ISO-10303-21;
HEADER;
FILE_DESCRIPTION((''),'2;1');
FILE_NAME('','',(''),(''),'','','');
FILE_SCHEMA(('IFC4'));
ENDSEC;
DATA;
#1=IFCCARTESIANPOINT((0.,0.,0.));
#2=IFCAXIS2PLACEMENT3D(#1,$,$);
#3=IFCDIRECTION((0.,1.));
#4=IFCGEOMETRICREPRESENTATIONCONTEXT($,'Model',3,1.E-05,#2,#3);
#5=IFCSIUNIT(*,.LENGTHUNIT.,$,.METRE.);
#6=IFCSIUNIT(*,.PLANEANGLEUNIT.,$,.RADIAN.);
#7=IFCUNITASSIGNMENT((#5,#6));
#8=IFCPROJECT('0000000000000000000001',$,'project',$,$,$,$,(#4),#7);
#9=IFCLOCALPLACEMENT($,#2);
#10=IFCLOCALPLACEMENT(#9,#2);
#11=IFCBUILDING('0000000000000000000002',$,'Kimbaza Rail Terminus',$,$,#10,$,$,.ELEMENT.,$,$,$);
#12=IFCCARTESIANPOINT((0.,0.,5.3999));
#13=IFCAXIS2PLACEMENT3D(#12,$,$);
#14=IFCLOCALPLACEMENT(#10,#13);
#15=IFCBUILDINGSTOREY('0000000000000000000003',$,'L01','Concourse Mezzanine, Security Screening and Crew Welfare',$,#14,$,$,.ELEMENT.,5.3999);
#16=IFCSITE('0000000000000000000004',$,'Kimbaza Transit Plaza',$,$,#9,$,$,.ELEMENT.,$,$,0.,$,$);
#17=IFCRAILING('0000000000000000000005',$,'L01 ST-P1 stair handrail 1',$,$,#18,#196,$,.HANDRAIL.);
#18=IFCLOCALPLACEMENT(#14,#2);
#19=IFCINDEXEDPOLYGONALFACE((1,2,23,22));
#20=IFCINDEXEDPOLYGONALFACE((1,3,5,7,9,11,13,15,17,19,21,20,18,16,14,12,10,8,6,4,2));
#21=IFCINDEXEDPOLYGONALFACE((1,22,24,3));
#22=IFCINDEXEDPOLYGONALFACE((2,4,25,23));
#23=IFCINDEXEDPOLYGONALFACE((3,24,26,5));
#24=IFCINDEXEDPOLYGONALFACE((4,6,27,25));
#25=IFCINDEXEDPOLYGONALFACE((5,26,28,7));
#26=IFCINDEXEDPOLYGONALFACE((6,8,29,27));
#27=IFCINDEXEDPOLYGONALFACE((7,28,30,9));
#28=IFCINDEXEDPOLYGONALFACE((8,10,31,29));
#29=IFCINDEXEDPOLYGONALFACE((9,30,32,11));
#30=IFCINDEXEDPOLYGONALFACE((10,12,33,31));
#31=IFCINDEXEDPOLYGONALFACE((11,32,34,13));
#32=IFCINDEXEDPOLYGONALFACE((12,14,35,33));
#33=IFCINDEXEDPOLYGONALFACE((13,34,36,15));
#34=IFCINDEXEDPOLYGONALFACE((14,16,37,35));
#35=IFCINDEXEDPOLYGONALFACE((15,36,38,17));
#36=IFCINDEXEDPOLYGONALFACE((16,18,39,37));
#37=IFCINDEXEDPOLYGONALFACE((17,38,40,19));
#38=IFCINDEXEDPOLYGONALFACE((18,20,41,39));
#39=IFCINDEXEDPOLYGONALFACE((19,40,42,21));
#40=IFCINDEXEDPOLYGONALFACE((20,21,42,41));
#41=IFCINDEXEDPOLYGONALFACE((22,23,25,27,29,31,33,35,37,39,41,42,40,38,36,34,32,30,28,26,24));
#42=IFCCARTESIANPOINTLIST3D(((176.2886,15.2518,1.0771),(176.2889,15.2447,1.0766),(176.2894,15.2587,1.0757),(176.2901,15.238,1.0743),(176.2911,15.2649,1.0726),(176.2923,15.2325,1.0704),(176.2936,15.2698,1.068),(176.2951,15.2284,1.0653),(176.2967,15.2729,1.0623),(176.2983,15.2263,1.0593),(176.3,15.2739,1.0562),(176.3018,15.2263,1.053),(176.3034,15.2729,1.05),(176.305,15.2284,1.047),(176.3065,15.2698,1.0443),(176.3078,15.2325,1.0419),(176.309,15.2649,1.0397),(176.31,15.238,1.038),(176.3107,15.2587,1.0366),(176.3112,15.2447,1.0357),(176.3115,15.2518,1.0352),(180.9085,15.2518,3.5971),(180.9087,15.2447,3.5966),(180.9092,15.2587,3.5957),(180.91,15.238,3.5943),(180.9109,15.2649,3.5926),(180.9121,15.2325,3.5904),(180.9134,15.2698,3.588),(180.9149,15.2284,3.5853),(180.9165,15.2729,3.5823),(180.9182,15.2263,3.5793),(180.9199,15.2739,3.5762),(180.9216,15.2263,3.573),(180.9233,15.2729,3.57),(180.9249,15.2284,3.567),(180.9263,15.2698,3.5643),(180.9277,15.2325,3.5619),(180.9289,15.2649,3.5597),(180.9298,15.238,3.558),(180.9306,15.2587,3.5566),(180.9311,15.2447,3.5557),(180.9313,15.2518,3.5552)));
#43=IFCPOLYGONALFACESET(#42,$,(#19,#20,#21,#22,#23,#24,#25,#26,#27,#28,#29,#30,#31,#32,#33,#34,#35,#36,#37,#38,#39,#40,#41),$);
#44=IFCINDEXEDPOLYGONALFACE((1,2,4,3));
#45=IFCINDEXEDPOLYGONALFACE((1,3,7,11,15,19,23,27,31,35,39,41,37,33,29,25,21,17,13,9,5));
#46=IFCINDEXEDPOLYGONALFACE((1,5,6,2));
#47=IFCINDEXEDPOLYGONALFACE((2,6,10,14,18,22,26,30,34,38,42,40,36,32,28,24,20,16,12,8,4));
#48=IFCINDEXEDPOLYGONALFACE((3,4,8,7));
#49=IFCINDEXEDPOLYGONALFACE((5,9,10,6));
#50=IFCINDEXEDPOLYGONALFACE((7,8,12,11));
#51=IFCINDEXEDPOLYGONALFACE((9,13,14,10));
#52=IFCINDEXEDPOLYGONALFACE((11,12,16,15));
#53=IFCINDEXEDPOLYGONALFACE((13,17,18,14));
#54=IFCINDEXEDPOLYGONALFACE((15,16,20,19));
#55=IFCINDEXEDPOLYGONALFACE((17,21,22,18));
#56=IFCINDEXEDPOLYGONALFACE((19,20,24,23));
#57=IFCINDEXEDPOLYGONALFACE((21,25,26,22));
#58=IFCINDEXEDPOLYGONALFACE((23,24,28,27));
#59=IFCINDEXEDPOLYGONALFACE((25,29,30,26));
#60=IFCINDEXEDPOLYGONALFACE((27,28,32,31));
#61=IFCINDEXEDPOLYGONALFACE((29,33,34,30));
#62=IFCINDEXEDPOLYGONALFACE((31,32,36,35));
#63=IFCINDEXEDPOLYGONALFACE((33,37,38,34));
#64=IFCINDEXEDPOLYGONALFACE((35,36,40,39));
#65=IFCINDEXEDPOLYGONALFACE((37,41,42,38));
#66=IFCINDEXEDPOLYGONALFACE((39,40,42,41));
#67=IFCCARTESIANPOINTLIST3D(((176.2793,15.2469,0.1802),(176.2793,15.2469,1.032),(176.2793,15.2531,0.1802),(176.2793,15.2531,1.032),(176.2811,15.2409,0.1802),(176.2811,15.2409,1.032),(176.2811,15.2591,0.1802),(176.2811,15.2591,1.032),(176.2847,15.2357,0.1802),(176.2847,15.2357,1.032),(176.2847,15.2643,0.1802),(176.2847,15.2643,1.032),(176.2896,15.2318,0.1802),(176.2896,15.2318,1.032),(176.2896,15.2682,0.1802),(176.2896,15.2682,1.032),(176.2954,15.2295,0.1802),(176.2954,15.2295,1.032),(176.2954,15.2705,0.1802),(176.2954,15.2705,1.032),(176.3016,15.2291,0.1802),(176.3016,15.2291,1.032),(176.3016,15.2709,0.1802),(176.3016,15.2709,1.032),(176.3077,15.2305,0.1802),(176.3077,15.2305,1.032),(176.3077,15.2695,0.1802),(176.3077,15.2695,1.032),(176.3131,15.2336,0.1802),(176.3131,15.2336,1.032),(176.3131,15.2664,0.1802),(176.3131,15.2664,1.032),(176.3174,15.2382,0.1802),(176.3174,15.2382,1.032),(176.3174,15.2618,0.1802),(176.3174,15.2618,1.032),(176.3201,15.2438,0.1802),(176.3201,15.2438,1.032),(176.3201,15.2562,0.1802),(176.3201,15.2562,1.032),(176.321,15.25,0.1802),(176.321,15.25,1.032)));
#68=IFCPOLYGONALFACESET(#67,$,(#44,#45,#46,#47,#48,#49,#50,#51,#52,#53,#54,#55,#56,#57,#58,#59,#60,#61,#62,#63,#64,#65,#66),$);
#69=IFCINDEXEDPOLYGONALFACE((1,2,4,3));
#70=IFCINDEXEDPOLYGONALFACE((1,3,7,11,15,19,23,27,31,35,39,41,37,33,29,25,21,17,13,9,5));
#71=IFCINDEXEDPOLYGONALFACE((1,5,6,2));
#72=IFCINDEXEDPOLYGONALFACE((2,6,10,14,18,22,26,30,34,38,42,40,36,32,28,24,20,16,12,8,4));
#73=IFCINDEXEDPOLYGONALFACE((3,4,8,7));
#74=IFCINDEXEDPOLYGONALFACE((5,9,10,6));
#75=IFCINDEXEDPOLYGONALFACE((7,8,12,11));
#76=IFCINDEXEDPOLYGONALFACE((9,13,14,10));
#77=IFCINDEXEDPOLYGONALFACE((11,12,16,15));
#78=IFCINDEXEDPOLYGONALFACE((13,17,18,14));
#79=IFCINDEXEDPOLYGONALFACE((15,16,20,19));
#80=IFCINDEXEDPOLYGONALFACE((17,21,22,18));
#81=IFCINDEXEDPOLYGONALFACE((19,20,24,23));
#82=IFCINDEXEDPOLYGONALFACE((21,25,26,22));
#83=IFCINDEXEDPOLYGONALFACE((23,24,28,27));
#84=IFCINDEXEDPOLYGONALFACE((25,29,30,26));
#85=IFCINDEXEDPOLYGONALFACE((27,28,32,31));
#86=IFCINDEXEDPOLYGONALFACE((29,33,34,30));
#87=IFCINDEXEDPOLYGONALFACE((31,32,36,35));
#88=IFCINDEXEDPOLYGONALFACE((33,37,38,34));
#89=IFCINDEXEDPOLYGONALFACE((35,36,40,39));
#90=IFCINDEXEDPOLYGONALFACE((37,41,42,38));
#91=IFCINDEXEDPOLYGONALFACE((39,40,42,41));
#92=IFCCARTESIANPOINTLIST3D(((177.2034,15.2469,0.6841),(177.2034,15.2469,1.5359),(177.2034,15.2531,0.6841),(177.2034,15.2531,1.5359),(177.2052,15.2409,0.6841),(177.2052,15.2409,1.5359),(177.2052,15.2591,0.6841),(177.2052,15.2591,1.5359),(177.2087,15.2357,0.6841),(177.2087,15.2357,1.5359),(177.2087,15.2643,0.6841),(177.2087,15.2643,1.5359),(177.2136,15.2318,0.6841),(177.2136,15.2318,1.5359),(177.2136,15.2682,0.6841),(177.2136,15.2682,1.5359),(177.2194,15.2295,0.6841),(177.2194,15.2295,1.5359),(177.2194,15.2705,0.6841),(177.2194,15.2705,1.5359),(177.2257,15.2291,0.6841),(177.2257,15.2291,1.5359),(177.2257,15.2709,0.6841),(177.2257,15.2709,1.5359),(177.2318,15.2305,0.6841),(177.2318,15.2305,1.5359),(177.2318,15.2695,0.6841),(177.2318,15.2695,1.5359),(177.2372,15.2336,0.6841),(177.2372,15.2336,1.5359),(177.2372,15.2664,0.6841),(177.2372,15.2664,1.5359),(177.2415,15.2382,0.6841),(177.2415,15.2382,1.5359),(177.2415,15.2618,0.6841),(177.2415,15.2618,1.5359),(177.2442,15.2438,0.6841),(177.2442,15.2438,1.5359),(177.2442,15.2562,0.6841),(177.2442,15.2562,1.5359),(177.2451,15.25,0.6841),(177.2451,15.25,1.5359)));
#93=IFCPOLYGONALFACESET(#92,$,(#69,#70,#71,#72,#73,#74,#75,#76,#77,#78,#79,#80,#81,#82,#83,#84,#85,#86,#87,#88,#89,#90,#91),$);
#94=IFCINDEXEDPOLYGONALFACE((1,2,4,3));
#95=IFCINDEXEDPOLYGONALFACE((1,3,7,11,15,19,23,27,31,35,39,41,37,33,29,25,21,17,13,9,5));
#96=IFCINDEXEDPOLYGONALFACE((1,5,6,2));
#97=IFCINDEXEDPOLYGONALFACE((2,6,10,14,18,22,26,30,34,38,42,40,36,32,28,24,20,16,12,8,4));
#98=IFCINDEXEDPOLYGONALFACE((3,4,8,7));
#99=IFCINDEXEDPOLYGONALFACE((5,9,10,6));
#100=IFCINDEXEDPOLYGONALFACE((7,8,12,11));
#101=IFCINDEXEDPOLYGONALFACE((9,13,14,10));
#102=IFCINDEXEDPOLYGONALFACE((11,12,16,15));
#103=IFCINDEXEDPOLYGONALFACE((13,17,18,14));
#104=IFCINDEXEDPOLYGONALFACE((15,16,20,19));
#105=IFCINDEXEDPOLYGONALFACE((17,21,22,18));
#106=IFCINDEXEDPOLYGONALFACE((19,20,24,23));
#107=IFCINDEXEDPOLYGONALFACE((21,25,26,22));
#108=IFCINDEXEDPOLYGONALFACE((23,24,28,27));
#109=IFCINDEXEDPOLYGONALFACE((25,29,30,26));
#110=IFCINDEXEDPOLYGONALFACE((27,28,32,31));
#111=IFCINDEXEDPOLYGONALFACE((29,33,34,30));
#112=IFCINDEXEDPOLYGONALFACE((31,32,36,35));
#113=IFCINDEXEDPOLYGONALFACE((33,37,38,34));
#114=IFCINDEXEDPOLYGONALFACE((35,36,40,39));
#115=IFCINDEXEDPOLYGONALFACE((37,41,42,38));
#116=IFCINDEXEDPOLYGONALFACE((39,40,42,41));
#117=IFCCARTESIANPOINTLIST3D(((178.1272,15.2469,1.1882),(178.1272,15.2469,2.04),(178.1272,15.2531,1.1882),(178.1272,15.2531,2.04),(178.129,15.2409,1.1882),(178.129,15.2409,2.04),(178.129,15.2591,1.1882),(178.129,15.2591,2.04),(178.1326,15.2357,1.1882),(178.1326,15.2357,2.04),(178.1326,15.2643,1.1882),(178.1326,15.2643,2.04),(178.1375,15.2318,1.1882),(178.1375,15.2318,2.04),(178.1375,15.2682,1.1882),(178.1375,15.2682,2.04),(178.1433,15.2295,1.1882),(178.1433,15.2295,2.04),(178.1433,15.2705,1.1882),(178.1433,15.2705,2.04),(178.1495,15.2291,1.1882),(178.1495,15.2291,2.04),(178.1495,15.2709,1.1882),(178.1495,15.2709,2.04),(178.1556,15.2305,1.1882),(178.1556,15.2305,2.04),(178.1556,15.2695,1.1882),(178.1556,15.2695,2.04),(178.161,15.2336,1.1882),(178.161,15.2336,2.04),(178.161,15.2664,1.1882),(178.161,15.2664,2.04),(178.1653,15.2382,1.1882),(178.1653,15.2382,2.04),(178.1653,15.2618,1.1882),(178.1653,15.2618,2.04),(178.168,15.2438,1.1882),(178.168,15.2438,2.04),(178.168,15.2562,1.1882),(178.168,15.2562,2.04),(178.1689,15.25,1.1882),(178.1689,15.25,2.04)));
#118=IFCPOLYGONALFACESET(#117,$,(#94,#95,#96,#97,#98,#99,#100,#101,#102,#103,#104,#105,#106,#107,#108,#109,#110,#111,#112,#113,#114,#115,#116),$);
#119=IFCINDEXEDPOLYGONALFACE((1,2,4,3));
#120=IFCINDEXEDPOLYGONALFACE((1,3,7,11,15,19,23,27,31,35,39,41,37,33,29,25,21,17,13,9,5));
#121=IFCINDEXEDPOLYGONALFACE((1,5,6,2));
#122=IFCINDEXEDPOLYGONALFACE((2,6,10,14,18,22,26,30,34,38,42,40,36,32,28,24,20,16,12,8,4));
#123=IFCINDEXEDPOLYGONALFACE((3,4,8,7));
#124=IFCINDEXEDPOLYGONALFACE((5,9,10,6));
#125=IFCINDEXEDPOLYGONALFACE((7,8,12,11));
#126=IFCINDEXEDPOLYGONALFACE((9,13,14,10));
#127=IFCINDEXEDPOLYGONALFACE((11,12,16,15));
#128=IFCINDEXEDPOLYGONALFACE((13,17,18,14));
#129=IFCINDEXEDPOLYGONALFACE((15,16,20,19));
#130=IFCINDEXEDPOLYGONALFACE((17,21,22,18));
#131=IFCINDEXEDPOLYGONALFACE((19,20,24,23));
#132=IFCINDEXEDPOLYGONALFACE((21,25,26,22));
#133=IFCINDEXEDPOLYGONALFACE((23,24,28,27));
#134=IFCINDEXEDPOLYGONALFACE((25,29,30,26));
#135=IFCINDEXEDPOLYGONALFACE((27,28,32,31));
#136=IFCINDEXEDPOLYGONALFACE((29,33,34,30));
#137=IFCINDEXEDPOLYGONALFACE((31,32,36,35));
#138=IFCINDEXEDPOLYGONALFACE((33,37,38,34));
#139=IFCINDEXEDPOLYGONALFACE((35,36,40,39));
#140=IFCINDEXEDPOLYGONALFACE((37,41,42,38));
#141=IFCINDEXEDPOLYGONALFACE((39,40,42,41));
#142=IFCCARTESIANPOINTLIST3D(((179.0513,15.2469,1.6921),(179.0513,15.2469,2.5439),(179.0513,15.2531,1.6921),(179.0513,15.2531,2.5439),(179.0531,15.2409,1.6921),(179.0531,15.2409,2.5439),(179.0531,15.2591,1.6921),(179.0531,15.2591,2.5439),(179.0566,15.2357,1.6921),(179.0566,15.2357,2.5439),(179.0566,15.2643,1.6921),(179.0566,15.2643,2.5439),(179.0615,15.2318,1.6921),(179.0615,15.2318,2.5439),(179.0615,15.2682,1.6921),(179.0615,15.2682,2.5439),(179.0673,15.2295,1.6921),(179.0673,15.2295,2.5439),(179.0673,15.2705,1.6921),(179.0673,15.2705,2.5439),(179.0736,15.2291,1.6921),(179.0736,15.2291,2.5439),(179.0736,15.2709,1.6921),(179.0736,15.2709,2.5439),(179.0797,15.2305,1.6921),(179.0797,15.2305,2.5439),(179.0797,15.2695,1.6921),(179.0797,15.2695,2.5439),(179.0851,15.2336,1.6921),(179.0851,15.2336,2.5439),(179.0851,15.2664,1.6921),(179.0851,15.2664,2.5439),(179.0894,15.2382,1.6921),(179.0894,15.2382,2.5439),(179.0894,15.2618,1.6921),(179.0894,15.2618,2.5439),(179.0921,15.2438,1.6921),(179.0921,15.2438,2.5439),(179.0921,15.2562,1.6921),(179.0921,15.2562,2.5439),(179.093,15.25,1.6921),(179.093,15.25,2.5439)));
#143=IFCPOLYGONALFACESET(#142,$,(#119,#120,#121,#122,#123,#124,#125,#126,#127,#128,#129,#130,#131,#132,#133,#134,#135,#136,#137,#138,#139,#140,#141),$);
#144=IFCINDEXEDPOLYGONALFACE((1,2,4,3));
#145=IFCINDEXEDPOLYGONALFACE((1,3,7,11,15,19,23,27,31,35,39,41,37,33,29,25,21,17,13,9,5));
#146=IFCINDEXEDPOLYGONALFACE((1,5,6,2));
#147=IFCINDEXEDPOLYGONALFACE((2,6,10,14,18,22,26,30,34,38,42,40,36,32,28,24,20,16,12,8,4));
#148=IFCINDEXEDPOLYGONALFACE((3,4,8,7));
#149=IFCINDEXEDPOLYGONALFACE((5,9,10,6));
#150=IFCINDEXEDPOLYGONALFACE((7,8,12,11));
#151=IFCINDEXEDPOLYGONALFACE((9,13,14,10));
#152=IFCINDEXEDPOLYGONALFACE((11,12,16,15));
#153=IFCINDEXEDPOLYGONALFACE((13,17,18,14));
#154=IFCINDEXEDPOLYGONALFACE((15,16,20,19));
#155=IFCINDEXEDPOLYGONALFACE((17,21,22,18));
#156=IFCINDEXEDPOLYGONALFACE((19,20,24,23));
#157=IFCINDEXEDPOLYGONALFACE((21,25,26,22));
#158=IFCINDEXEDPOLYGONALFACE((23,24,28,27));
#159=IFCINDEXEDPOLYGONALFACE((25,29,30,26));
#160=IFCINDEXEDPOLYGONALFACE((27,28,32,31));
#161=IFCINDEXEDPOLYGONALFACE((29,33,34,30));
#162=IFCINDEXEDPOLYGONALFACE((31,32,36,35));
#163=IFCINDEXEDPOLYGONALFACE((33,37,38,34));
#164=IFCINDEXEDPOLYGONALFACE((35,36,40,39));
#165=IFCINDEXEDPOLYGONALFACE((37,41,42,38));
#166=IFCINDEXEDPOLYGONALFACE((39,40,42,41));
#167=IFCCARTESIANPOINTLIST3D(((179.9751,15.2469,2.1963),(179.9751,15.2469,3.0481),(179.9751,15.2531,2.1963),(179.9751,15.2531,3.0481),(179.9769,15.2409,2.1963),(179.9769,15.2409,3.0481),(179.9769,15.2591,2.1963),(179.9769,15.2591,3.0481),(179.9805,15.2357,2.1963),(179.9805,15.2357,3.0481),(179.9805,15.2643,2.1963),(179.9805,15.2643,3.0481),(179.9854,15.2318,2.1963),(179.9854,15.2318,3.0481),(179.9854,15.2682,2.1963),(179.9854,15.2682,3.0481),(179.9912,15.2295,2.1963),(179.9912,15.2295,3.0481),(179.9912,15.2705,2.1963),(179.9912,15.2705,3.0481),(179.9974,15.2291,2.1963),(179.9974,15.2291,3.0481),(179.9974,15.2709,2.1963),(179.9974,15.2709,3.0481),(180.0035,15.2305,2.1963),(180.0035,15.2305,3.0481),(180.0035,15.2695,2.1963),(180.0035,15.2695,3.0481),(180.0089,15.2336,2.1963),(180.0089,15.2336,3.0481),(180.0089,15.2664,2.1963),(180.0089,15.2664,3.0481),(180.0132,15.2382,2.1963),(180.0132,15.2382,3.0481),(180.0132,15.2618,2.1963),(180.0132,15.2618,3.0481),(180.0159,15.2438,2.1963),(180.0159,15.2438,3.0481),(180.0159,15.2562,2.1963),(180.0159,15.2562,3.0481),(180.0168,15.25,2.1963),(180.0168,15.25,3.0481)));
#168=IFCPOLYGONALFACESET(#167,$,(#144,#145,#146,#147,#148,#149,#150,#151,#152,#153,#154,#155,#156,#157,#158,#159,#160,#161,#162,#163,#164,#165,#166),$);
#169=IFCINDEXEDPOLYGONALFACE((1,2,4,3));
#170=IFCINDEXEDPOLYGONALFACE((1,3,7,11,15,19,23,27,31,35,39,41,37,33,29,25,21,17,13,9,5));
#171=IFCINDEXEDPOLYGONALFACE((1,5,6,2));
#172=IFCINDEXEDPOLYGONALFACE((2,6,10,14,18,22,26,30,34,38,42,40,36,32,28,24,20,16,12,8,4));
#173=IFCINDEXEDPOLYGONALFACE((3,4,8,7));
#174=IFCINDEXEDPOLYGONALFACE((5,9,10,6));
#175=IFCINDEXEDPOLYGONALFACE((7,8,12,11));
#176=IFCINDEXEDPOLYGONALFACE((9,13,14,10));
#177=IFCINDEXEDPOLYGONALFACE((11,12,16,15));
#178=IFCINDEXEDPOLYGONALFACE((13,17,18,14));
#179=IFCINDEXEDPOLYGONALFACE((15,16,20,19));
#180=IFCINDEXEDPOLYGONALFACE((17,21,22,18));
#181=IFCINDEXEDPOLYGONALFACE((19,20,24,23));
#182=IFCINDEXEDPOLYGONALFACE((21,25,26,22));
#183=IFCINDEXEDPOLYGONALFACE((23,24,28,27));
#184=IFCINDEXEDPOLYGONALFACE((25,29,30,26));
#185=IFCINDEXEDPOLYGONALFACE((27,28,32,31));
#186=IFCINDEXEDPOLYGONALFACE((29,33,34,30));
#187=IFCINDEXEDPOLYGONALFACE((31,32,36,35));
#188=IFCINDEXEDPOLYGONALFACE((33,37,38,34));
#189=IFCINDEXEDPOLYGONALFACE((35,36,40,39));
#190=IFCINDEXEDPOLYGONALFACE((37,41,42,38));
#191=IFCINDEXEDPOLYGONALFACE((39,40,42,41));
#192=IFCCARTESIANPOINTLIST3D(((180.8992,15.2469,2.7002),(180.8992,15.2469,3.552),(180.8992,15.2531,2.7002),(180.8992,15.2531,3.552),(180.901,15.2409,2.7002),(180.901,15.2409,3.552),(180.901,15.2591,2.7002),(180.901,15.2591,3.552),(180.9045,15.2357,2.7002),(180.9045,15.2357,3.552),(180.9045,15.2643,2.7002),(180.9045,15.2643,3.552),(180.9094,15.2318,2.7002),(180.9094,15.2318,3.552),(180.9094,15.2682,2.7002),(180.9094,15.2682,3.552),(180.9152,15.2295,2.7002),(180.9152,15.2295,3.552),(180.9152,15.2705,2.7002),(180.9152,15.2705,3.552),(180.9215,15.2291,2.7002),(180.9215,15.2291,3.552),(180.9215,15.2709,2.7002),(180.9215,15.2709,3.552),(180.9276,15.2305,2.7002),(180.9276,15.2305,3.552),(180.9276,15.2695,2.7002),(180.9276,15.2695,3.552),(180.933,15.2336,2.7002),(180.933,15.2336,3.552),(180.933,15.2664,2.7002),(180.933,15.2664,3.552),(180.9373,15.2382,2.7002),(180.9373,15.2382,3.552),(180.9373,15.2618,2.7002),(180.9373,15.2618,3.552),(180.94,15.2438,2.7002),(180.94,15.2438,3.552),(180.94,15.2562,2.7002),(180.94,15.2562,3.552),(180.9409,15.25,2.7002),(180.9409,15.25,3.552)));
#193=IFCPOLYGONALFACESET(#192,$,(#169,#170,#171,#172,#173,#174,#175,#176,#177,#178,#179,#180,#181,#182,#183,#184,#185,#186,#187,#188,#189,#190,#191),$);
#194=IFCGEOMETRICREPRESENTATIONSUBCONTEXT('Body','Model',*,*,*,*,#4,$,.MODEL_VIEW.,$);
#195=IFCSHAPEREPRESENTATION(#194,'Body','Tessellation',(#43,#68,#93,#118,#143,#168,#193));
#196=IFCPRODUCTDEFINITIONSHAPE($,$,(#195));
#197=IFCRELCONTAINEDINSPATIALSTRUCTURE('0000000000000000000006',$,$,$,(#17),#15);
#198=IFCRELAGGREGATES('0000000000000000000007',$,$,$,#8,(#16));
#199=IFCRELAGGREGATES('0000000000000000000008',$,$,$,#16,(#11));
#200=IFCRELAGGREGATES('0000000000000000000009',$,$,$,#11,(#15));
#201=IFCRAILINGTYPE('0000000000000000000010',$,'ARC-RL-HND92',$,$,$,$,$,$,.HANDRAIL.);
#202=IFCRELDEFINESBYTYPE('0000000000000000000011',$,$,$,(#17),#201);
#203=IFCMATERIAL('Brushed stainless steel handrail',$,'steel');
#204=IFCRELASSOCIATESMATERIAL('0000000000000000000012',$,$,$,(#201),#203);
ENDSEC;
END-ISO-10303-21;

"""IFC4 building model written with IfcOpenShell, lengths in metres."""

from ifc_helpers import new_model, si_unit, direction, frame, origin, origin_2d, place, context, subcontext, project, spatial, circle, extrude, material, type_object, element, save


model = new_model("IFC4")

# Units and contexts
model_context = context("Model", 3, precision=1e-05, world=origin(), true_north=direction((0.0, 1.0)))
body_context = subcontext(model_context, "Body", "Model", "MODEL_VIEW")
ifc_project = project(units=[si_unit("LENGTHUNIT", "METRE"), si_unit("PLANEANGLEUNIT", "RADIAN")], contexts=[model_context])

# Site, building, storey
site_placement = place(None, origin())
site = spatial("IfcSite", under=ifc_project, at=site_placement, Name="Kimbaza Transit Plaza", CompositionType="ELEMENT", RefElevation=0.0)
building_placement = place(site_placement, origin())
building = spatial("IfcBuilding", under=site, at=building_placement, Name="Kimbaza Rail Terminus", CompositionType="ELEMENT")
storey_placement = place(building_placement, frame((0.0, 0.0, 5.3999)))
storey = spatial("IfcBuildingStorey", under=building, at=storey_placement, Name="L01", Description="Concourse Mezzanine, Security Screening and Crew Welfare", CompositionType="ELEMENT", Elevation=5.3999)

# Railing
ifc_material_1 = material(Name="Brushed stainless steel handrail", Category="steel")
railing_type_1 = type_object("IfcRailingType", Name="ARC-RL-HND92", PredefinedType="HANDRAIL", material=ifc_material_1)
railing_1_placement = place(storey_placement, frame((176.3, 15.25, 0.1802)))
element("IfcRailing", 1, at=railing_1_placement, inside=storey, type_object=railing_type_1, Name="L01 ST-P1 stair handrail 1", PredefinedType="HANDRAIL", context=body_context, shape_type="SweptSolid", body=[
    extrude(circle(Radius=0.0239, at=origin_2d()), frame((0.0, 0.0, 0.876), z_axis=(0.877888, 0.0, 0.478865), x_axis=(0.0, 1.0, 0.0)), (0.0, 0.0, 1.0), 5.2625),
    extrude(circle(Radius=0.021, at=origin_2d()), origin(), (0.0, 0.0, 1.0), 0.8518),
    extrude(circle(Radius=0.021, at=origin_2d()), frame((0.9241, 0.0, 0.5039)), (0.0, 0.0, 1.0), 0.8518),
    extrude(circle(Radius=0.021, at=origin_2d()), frame((1.8479, 0.0, 1.0081)), (0.0, 0.0, 1.0), 0.8518),
    extrude(circle(Radius=0.021, at=origin_2d()), frame((2.772, 0.0, 1.512)), (0.0, 0.0, 1.0), 0.8518),
    extrude(circle(Radius=0.021, at=origin_2d()), frame((3.6958, 0.0, 2.0161)), (0.0, 0.0, 1.0), 0.8518),
    extrude(circle(Radius=0.021, at=origin_2d()), frame((4.6199, 0.0, 2.52)), (0.0, 0.0, 1.0), 0.8518),
])

save(model, "model.ifc")
